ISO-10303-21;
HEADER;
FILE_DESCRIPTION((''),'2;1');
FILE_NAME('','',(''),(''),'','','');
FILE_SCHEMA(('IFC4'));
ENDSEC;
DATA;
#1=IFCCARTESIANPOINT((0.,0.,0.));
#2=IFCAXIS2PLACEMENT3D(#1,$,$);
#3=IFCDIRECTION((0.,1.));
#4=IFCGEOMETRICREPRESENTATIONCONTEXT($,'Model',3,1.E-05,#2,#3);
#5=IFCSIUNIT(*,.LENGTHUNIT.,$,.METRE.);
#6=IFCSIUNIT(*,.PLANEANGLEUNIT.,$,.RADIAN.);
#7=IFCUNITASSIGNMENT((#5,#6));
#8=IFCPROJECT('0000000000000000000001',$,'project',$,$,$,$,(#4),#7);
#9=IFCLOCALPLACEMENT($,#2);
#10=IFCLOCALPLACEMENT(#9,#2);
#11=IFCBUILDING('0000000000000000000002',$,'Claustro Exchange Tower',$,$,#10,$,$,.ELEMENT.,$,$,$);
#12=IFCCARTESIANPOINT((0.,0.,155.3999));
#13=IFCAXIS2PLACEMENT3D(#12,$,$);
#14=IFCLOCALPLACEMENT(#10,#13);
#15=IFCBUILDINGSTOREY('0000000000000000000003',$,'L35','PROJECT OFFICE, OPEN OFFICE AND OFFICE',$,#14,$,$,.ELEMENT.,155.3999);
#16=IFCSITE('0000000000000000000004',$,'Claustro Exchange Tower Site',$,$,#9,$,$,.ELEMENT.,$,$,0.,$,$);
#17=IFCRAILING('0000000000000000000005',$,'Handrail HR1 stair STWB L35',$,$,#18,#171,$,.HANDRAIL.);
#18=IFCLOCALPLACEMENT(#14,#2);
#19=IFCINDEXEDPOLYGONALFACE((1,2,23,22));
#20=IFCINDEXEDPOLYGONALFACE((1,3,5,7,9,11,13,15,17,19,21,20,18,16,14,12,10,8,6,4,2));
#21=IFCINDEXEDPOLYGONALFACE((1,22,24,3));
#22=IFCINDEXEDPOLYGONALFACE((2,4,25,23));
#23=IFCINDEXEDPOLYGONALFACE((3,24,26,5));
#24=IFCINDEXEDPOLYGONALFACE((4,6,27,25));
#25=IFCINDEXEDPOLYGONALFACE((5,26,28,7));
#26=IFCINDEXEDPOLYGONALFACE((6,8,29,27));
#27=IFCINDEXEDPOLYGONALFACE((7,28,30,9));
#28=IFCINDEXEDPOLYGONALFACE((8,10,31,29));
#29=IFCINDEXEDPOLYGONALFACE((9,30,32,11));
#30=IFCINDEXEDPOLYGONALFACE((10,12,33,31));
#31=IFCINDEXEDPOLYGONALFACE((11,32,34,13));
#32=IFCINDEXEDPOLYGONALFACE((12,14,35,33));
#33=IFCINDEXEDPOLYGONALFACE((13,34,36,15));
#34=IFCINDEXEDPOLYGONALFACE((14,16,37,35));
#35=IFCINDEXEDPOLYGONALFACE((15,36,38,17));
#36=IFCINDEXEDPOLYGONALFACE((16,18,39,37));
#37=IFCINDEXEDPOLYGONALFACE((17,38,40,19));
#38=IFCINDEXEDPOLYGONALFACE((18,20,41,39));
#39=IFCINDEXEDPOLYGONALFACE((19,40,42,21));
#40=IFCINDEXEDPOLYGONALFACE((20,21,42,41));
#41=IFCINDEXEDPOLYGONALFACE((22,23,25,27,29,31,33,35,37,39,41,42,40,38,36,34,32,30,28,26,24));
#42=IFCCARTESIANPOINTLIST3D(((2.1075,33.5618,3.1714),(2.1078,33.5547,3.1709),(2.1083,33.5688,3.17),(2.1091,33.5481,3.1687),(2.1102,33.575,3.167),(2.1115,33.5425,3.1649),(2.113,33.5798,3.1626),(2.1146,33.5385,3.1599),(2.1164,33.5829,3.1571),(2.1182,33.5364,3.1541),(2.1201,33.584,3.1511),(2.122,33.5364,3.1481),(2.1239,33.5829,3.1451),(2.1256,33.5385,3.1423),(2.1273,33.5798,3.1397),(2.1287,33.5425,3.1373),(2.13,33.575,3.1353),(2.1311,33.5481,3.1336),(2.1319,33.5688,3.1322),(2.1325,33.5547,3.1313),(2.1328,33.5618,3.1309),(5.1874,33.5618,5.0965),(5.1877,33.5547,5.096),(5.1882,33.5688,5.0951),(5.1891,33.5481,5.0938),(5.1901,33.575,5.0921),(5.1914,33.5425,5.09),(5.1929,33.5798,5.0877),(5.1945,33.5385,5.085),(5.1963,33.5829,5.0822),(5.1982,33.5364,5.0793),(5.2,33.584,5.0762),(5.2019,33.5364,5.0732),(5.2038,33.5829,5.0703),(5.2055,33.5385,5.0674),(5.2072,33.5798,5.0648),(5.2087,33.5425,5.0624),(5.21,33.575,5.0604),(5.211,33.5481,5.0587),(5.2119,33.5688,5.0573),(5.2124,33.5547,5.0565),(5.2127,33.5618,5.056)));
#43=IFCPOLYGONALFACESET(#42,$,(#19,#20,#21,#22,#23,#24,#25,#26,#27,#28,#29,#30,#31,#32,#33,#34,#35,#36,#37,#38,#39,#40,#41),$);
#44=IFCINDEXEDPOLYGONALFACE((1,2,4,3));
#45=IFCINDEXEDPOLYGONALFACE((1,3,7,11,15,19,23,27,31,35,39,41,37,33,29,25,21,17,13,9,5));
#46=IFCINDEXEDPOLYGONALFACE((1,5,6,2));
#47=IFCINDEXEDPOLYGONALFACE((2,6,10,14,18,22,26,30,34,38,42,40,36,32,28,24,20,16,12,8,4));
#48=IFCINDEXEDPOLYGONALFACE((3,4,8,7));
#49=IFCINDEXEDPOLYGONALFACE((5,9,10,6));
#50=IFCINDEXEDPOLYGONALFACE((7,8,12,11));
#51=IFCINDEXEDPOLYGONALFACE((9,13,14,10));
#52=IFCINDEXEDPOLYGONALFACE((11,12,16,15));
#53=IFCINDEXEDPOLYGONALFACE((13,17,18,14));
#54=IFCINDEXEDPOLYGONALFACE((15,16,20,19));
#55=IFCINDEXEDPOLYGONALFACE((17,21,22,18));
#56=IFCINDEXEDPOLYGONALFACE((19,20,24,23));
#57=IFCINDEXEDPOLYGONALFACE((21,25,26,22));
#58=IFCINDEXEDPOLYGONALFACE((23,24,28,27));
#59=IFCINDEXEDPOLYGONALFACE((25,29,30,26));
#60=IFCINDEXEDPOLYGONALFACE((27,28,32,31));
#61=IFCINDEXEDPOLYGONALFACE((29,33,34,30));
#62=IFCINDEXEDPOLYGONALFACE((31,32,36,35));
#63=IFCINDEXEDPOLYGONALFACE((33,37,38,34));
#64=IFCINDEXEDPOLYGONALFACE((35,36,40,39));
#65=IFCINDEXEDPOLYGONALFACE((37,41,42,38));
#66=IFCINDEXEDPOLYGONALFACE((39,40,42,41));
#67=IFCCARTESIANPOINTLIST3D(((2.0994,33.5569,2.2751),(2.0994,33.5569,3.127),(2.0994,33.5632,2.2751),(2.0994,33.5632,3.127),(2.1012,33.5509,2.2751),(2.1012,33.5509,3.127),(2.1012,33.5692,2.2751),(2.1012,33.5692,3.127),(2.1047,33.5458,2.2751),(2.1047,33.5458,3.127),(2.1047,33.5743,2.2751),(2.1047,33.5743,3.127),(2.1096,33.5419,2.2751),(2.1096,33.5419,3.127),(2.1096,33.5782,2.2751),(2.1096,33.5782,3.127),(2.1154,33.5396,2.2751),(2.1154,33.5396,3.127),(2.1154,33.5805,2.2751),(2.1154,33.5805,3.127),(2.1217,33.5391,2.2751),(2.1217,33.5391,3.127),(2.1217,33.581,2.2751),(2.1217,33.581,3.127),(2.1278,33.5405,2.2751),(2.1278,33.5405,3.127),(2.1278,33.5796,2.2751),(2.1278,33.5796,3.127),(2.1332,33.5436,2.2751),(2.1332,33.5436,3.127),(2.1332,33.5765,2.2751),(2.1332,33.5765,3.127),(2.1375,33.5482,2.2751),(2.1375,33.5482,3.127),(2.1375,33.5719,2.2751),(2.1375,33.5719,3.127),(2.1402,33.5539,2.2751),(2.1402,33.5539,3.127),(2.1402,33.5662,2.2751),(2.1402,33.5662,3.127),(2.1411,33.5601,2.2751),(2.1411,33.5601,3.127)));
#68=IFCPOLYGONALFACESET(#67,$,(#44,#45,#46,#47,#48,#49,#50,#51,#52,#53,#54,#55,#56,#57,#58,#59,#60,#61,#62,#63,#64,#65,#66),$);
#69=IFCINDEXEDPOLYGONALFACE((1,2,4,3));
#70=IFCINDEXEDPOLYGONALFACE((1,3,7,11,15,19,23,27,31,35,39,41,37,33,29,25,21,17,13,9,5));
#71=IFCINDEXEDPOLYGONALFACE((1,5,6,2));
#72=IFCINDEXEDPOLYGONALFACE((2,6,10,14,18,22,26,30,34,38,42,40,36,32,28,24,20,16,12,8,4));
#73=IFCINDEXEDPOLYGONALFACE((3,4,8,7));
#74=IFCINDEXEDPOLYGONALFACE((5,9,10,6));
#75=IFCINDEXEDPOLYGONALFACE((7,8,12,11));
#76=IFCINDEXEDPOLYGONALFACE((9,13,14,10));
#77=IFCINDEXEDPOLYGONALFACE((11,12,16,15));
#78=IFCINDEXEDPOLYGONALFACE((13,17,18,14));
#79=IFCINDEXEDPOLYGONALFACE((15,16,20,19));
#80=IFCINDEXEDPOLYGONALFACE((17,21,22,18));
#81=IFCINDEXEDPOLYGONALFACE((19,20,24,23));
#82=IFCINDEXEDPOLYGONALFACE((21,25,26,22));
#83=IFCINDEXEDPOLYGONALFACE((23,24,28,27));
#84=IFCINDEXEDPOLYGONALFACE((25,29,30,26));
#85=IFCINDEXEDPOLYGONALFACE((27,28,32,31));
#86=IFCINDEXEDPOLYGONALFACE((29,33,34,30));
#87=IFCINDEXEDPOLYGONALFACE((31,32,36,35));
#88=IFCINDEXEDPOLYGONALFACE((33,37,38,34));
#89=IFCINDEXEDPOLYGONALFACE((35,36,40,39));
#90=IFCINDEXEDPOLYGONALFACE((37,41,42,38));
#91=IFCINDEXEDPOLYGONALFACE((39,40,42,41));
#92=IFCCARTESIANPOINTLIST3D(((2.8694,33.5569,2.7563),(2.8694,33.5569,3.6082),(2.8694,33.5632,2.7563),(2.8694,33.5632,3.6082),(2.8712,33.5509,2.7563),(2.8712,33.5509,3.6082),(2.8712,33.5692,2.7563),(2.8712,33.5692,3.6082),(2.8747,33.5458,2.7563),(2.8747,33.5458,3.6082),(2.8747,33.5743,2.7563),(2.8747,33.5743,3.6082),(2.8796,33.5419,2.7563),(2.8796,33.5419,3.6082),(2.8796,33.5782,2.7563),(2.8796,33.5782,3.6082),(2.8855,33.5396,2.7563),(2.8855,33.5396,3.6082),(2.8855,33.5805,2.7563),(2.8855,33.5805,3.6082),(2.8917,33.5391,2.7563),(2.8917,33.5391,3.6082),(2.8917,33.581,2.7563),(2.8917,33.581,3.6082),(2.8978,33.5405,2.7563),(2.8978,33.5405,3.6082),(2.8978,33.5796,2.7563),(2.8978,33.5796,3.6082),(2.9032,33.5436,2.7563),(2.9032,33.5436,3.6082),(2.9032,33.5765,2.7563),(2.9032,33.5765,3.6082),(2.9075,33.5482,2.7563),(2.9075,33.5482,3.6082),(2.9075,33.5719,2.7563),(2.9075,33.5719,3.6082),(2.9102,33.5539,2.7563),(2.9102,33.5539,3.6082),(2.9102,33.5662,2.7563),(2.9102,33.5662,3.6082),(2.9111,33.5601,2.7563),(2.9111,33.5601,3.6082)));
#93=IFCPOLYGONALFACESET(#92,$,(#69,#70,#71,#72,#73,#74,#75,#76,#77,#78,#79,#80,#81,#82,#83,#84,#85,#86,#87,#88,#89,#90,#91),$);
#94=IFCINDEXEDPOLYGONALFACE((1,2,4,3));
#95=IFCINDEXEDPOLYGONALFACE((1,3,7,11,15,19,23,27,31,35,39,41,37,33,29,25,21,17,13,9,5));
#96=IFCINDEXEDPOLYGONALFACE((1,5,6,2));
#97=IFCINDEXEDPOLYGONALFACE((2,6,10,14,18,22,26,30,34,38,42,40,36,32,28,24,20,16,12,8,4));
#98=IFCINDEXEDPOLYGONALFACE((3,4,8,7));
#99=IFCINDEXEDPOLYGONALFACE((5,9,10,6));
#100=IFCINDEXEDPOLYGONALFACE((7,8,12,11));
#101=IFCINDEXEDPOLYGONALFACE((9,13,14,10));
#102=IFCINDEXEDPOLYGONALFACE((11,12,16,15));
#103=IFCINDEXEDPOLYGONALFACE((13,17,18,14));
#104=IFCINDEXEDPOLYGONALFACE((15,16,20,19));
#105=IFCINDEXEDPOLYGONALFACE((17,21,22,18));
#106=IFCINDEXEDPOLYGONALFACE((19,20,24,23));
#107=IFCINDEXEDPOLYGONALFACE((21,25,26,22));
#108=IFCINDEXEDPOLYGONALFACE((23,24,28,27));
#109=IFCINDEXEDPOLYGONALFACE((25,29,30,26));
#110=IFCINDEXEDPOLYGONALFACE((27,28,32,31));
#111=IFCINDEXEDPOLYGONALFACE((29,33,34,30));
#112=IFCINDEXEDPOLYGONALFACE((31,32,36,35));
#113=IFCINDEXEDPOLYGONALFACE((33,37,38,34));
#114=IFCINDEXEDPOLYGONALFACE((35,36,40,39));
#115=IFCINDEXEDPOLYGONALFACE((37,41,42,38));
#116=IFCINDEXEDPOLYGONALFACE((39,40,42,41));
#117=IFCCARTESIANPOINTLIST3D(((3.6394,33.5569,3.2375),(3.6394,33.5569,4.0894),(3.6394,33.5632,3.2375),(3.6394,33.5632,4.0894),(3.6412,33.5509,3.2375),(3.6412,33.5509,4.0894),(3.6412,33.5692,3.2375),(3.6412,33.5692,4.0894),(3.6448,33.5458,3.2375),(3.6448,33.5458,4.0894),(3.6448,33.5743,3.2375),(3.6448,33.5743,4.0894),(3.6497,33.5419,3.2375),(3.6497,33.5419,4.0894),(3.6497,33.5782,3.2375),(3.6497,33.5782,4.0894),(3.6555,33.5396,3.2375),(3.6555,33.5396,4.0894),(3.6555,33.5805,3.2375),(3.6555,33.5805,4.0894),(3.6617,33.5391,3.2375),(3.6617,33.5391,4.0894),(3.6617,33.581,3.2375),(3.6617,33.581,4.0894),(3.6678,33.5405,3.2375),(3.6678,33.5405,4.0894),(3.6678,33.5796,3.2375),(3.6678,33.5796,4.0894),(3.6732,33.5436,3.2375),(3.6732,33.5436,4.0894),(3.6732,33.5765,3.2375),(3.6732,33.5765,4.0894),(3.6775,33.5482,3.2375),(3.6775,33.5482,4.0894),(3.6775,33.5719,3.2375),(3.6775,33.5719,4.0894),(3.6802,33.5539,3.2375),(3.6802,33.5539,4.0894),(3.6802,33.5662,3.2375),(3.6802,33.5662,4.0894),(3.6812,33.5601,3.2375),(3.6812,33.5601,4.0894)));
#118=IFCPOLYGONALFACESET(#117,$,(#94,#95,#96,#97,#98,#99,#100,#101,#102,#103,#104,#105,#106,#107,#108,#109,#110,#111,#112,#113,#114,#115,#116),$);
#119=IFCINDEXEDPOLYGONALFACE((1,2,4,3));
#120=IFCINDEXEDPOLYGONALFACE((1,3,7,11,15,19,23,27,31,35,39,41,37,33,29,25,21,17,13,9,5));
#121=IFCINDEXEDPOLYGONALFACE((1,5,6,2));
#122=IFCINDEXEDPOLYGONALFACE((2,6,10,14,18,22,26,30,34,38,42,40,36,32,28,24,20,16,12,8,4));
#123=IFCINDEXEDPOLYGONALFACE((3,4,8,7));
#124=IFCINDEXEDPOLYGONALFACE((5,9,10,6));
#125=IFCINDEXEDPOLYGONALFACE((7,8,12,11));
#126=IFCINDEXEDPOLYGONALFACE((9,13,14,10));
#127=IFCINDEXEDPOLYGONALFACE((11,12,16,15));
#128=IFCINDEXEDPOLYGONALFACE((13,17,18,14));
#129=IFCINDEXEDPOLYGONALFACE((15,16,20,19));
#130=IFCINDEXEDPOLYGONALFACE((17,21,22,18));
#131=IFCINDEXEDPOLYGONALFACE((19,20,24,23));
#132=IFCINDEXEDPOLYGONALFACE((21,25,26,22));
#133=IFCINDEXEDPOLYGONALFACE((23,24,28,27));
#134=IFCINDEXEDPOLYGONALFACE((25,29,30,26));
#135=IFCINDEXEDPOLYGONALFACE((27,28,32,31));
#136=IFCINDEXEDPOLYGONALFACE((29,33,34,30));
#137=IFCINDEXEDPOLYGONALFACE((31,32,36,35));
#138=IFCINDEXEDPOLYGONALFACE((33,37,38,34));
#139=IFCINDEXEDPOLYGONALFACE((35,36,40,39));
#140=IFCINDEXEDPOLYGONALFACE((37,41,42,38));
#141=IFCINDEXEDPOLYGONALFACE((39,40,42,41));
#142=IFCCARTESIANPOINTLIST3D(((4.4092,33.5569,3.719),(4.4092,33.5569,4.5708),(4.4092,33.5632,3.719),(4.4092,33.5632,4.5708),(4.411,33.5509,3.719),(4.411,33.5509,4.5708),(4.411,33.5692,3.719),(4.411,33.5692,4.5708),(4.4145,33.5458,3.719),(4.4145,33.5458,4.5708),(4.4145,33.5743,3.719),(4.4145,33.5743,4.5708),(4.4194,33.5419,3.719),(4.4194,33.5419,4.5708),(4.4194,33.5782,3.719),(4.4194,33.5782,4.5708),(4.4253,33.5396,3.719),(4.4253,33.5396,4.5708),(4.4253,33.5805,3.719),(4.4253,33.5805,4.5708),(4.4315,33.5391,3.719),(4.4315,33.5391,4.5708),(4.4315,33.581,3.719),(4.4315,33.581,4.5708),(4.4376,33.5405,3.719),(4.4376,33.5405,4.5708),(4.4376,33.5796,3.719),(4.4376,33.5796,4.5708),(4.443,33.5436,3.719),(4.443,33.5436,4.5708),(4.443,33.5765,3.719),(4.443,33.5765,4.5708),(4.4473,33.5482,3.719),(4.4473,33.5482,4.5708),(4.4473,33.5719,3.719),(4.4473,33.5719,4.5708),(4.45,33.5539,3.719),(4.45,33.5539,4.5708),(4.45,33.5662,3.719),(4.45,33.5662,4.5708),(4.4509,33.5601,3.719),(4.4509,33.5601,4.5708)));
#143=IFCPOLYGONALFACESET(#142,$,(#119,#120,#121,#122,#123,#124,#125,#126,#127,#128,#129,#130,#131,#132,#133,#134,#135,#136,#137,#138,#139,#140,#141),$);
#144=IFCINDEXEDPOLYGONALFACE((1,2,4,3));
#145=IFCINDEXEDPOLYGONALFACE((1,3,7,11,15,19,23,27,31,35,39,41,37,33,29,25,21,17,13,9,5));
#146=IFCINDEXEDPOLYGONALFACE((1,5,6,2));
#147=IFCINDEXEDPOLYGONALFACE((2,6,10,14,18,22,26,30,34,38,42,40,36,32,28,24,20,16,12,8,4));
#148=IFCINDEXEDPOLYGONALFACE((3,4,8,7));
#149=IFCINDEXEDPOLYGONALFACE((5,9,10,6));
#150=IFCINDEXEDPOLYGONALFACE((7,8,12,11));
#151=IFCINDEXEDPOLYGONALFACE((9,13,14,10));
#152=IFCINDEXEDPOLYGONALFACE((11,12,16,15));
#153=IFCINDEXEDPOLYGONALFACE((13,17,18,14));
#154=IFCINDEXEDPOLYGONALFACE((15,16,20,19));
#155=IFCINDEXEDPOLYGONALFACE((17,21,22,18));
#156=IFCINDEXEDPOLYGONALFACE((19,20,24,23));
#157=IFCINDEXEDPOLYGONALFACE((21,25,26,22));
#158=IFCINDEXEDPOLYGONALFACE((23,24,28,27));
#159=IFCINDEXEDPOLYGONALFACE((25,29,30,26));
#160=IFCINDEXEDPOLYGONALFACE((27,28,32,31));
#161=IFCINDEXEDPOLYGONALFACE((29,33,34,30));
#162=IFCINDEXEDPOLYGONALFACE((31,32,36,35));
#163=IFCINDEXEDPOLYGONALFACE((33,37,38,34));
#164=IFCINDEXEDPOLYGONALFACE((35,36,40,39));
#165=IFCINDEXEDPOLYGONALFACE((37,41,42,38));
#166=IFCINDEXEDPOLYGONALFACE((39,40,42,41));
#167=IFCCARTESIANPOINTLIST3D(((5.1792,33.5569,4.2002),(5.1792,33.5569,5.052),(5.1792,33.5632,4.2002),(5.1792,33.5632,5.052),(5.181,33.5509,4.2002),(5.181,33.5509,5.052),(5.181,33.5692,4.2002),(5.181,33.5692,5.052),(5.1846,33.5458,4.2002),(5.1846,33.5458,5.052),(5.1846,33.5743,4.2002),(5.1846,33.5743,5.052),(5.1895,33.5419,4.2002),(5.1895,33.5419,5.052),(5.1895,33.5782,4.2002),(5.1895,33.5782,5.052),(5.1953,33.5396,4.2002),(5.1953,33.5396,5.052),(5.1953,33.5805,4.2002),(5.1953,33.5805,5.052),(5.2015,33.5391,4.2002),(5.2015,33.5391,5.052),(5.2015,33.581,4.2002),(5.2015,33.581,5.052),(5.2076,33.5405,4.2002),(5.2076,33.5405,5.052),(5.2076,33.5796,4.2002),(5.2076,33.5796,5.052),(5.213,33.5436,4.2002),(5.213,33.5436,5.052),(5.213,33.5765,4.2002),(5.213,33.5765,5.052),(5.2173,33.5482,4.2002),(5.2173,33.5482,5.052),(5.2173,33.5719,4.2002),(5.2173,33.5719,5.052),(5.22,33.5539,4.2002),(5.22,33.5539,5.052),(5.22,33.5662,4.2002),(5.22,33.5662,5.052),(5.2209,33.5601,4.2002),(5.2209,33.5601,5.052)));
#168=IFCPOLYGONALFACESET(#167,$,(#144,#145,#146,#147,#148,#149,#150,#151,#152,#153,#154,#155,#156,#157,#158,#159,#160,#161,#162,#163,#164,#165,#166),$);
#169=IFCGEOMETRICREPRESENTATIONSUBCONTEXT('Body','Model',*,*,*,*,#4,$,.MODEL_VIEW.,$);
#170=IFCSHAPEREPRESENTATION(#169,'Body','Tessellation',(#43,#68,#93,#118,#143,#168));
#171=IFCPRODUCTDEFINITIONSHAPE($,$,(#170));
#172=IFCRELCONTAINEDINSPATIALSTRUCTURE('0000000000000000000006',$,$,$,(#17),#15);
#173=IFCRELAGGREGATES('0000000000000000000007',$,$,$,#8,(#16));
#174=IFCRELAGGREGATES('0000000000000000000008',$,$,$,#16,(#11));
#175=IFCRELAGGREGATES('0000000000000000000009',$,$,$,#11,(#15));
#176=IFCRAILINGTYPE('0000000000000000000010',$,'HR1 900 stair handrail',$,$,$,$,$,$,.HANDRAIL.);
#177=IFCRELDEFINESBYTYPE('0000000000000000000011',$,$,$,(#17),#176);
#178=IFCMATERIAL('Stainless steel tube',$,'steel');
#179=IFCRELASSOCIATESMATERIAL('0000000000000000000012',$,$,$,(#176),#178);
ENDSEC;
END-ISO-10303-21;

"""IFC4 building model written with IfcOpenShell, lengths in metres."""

from ifc_helpers import new_model, si_unit, direction, frame, origin, origin_2d, place, context, subcontext, project, spatial, circle, extrude, material, type_object, element, save


model = new_model("IFC4")

# Units and contexts
model_context = context("Model", 3, precision=1e-05, world=origin(), true_north=direction((0.0, 1.0)))
body_context = subcontext(model_context, "Body", "Model", "MODEL_VIEW")
ifc_project = project(units=[si_unit("LENGTHUNIT", "METRE"), si_unit("PLANEANGLEUNIT", "RADIAN")], contexts=[model_context])

# Site, building, storey
site_placement = place(None, origin())
site = spatial("IfcSite", under=ifc_project, at=site_placement, Name="Claustro Exchange Tower Site", CompositionType="ELEMENT", RefElevation=0.0)
building_placement = place(site_placement, origin())
building = spatial("IfcBuilding", under=site, at=building_placement, Name="Claustro Exchange Tower", CompositionType="ELEMENT")
storey_placement = place(building_placement, frame((0.0, 0.0, 155.3999)))
storey = spatial("IfcBuildingStorey", under=building, at=storey_placement, Name="L35", Description="PROJECT OFFICE, OPEN OFFICE AND OFFICE", CompositionType="ELEMENT", Elevation=155.3999)

# Railing
ifc_material_1 = material(Name="Stainless steel tube", Category="steel")
railing_type_1 = type_object("IfcRailingType", Name="HR1 900 stair handrail", PredefinedType="HANDRAIL", material=ifc_material_1)
railing_1_placement = place(storey_placement, frame((2.1201, 33.5601, 2.2751)))
element("IfcRailing", 1, at=railing_1_placement, inside=storey, type_object=railing_type_1, Name="Handrail HR1 stair STWB L35", PredefinedType="HANDRAIL", context=body_context, shape_type="SweptSolid", body=[
    extrude(circle(Radius=0.0239, at=origin_2d()), frame((0.0, 0.0, 0.876), z_axis=(0.847979, 0.0, 0.530029), x_axis=(0.0, 1.0, 0.0)), (0.0, 0.0, 1.0), 3.6321),
    extrude(circle(Radius=0.021, at=origin_2d()), origin(), (0.0, 0.0, 1.0), 0.8518),
    extrude(circle(Radius=0.021, at=origin_2d()), frame((0.77, 0.0, 0.4812)), (0.0, 0.0, 1.0), 0.8518),
    extrude(circle(Radius=0.021, at=origin_2d()), frame((1.54, 0.0, 0.9624)), (0.0, 0.0, 1.0), 0.8518),
    extrude(circle(Radius=0.021, at=origin_2d()), frame((2.3098, 0.0, 1.4438)), (0.0, 0.0, 1.0), 0.8518),
    extrude(circle(Radius=0.021, at=origin_2d()), frame((3.0798, 0.0, 1.925)), (0.0, 0.0, 1.0), 0.8518),
])

save(model, "model.ifc")
